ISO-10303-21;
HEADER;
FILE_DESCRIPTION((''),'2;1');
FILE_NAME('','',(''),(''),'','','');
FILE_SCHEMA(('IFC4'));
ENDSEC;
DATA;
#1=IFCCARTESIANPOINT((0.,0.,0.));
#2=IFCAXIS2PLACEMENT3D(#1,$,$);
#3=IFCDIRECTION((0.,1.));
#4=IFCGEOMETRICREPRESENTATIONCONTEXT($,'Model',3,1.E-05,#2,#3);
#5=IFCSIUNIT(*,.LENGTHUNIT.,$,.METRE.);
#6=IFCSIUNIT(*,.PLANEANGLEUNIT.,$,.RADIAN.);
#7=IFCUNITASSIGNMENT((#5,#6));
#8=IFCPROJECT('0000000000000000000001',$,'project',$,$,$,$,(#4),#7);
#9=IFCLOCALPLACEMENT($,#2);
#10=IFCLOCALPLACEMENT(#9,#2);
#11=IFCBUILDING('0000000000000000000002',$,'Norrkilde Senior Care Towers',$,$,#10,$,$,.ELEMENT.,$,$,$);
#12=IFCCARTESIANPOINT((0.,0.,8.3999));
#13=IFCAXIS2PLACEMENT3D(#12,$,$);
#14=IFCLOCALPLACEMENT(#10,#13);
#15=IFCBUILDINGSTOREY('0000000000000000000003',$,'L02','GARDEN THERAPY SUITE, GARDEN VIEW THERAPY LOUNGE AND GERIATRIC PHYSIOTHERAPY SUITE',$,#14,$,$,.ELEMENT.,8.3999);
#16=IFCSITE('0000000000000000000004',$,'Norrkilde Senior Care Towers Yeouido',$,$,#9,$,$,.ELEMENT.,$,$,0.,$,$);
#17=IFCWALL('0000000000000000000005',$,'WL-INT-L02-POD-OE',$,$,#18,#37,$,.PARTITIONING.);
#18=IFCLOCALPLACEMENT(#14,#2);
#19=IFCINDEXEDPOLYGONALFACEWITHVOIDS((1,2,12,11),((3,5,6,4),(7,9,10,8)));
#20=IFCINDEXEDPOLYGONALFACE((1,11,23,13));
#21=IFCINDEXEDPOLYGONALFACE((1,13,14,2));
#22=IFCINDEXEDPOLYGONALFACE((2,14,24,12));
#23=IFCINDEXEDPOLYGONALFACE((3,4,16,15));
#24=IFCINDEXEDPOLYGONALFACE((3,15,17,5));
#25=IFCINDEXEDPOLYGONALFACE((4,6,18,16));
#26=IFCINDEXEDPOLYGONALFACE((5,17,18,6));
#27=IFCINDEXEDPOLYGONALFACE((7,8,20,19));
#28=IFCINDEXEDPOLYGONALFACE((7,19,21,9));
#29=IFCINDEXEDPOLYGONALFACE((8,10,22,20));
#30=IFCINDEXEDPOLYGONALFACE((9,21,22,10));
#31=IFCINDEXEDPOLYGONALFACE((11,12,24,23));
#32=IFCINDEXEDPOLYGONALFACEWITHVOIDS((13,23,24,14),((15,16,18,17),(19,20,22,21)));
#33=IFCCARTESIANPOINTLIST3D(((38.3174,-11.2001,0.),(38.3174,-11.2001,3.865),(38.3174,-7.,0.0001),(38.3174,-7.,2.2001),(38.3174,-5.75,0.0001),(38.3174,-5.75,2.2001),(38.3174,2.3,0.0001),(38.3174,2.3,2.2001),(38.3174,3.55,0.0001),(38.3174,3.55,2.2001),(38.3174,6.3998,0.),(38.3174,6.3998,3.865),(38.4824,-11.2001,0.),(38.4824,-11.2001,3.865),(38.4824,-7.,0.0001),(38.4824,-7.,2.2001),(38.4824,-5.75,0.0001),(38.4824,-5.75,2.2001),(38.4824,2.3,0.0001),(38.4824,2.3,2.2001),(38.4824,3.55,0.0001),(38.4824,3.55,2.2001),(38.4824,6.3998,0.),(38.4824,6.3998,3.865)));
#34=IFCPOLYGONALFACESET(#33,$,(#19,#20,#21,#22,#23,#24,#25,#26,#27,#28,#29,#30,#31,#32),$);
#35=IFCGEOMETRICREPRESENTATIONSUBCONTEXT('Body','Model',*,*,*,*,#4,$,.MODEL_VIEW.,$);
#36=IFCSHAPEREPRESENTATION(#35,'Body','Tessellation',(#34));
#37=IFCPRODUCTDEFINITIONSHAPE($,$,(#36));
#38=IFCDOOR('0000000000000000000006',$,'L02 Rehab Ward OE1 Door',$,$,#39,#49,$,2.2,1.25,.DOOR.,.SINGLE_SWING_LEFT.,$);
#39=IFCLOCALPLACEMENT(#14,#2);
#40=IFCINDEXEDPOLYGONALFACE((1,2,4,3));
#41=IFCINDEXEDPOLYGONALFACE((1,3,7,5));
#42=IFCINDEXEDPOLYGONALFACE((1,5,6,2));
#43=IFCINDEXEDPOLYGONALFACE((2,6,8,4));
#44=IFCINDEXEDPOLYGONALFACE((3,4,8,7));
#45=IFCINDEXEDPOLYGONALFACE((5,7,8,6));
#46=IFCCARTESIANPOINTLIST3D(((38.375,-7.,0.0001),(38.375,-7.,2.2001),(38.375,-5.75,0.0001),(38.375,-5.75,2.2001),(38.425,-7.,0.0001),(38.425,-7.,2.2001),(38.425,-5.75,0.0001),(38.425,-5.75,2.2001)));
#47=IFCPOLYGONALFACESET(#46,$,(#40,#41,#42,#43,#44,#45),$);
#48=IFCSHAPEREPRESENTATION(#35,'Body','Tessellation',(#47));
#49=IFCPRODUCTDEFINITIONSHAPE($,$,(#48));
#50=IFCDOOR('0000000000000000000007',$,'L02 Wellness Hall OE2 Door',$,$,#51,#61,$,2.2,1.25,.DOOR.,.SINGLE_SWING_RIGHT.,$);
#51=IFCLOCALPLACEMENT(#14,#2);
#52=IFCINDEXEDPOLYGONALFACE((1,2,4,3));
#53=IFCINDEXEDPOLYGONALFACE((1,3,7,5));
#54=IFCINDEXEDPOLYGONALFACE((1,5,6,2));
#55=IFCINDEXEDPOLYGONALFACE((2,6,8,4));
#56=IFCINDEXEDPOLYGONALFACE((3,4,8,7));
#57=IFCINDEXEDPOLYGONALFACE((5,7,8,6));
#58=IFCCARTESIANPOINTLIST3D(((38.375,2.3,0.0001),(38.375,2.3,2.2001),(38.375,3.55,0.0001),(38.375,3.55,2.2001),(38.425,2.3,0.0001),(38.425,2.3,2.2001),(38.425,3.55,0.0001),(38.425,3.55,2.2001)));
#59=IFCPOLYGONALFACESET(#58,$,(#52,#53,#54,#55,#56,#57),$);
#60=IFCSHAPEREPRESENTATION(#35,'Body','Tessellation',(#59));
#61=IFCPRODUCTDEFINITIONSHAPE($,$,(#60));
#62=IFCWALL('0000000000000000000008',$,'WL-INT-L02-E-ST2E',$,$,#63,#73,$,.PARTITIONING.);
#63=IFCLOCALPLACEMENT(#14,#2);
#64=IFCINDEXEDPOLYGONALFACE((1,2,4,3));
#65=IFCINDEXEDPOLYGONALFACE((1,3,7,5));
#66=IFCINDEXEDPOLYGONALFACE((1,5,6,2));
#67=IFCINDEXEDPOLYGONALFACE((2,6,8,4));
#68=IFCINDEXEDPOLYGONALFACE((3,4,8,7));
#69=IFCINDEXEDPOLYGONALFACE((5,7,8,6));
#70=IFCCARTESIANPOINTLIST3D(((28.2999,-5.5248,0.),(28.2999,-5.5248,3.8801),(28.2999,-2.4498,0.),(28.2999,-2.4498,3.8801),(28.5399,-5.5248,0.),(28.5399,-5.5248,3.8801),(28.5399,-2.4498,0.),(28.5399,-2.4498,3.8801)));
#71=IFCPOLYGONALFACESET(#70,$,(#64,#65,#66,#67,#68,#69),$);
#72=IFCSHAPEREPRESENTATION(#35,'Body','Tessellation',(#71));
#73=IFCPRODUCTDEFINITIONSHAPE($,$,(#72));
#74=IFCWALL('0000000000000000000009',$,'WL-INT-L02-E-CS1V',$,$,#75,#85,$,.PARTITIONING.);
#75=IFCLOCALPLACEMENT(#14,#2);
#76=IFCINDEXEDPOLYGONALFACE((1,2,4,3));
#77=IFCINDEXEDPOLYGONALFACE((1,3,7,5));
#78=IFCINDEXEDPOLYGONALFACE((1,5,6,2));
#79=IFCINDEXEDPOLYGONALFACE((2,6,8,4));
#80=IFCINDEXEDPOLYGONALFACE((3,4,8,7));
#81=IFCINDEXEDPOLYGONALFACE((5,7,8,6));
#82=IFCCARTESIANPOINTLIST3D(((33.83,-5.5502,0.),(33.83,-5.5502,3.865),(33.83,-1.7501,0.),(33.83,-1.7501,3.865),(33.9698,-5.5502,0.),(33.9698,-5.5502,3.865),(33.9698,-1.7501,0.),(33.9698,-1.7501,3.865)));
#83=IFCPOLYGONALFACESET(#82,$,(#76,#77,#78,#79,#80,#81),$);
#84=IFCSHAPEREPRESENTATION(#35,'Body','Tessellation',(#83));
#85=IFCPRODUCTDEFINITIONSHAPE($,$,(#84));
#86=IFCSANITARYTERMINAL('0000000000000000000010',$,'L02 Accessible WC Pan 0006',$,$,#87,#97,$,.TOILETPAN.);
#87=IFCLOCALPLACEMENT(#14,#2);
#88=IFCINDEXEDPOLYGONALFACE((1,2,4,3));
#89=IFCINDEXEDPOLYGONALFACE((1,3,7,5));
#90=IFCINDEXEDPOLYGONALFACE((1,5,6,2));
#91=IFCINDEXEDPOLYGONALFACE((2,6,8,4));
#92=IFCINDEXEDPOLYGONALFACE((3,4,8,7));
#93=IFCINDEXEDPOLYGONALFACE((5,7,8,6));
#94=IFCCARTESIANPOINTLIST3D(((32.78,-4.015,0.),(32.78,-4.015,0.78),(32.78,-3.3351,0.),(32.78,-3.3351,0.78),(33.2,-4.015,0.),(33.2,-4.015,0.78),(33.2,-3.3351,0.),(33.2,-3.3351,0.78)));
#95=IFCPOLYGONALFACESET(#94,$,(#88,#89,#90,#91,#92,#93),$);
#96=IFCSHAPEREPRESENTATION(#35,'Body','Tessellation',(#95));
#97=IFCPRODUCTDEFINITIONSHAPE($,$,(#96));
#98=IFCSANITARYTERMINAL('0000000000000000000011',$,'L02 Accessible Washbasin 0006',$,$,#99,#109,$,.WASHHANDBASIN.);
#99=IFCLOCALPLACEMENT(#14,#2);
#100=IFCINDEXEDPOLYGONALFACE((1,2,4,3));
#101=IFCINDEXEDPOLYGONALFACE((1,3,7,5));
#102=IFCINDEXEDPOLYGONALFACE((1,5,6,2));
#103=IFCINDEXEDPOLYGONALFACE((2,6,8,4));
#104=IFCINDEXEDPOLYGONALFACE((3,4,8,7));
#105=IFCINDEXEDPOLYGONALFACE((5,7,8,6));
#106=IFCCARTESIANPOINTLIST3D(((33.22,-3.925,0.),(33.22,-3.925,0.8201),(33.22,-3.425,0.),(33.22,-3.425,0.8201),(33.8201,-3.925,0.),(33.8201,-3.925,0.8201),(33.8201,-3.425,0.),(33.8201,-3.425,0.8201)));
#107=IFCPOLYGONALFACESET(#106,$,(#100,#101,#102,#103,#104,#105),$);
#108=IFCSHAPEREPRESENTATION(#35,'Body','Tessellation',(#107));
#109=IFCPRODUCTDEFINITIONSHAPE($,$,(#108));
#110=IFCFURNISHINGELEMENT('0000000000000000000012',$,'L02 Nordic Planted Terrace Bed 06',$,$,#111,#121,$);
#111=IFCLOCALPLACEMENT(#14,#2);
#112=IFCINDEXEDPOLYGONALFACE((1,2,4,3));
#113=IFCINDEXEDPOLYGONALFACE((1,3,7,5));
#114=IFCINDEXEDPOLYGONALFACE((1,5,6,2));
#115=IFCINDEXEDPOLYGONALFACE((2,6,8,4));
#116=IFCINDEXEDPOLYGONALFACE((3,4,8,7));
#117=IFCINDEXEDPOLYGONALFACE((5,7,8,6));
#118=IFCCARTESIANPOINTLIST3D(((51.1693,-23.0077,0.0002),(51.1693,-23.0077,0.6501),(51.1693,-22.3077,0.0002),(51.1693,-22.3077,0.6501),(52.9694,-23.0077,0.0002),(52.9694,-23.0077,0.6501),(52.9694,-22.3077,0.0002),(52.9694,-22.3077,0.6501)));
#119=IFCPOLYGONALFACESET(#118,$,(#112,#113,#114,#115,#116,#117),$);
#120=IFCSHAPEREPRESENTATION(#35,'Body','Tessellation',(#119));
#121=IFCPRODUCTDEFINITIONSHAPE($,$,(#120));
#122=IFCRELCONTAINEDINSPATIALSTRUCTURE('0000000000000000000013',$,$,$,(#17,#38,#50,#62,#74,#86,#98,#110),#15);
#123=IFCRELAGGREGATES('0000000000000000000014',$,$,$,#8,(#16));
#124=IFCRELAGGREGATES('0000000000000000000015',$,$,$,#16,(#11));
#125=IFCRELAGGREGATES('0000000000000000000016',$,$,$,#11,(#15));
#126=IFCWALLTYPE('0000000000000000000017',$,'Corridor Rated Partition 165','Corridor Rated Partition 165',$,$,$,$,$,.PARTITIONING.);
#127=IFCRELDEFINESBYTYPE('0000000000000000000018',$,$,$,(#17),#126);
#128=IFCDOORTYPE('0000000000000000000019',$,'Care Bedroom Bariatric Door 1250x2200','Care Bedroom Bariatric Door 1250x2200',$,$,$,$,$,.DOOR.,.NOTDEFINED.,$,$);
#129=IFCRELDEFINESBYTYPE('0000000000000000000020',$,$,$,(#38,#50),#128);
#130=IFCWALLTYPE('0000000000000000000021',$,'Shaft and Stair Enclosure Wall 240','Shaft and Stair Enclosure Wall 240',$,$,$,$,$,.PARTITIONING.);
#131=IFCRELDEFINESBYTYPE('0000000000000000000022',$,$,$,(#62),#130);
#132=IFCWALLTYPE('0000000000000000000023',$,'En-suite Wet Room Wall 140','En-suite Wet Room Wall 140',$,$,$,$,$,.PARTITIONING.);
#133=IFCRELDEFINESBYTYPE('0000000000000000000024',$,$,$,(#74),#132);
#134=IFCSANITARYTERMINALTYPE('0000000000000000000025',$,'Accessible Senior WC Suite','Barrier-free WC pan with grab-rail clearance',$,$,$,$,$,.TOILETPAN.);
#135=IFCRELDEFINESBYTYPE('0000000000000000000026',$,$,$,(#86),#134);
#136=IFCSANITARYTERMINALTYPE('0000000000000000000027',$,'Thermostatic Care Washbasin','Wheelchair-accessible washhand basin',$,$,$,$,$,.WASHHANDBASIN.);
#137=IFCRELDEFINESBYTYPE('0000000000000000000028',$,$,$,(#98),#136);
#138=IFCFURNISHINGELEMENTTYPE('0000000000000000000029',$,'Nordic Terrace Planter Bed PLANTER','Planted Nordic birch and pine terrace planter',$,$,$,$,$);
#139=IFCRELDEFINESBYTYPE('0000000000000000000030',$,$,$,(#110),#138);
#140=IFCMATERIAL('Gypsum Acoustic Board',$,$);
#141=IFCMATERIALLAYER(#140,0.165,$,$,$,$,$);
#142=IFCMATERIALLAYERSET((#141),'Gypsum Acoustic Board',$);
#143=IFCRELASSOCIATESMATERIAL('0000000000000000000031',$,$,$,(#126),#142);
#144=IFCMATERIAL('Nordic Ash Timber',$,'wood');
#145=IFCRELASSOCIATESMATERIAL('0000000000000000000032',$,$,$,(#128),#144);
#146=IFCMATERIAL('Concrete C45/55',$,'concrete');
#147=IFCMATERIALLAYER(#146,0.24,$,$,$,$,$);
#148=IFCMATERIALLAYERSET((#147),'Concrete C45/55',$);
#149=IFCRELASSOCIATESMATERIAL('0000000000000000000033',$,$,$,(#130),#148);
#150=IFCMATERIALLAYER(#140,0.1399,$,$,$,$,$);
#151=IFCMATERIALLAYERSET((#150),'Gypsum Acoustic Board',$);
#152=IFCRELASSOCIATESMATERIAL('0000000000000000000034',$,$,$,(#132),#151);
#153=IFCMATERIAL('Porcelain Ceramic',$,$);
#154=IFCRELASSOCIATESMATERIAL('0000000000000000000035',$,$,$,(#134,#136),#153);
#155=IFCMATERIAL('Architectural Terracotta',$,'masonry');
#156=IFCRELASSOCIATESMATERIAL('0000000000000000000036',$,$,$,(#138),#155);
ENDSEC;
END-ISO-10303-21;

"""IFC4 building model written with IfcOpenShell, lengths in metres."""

from ifc_helpers import new_model, si_unit, direction, frame, frame_2d, origin, origin_2d, place, context, subcontext, project, spatial, rectangle, extrude, source, transform, mapped, material, layer, layer_set, type_object, type_shapes, element, fill, save


model = new_model("IFC4")

# Units and contexts
model_context = context("Model", 3, precision=1e-05, world=origin(), true_north=direction((0.0, 1.0)))
body_context = subcontext(model_context, "Body", "Model", "MODEL_VIEW")
ifc_project = project(units=[si_unit("LENGTHUNIT", "METRE"), si_unit("PLANEANGLEUNIT", "RADIAN")], contexts=[model_context])

# Site, building, storey
site_placement = place(None, origin())
site = spatial("IfcSite", under=ifc_project, at=site_placement, Name="Norrkilde Senior Care Towers Yeouido", CompositionType="ELEMENT", RefElevation=0.0)
building_placement = place(site_placement, origin())
building = spatial("IfcBuilding", under=site, at=building_placement, Name="Norrkilde Senior Care Towers", CompositionType="ELEMENT")
storey_placement = place(building_placement, frame((0.0, 0.0, 8.3999)))
storey = spatial("IfcBuildingStorey", under=building, at=storey_placement, Name="L02", Description="GARDEN THERAPY SUITE, GARDEN VIEW THERAPY LOUNGE AND GERIATRIC PHYSIOTHERAPY SUITE", CompositionType="ELEMENT", Elevation=8.3999)

# Shared definitions
ifc_material_1 = material(Name="Concrete C45/55", Category="concrete")

# Wall, openings, doors
ifc_material_2 = material(Name="Gypsum Acoustic Board")
ifc_layer_1 = layer(ifc_material_2, 0.165)
ifc_layer_set_1 = layer_set([ifc_layer_1], Name="Gypsum Acoustic Board")
wall_type_1 = type_object("IfcWallType", Name="Corridor Rated Partition 165", Description="Corridor Rated Partition 165", PredefinedType="PARTITIONING", material=ifc_layer_set_1)
shared_shape_1 = source(origin(), body_context, "Body", "SweptSolid", [
    extrude(rectangle(XDim=17.5999, YDim=0.165, at=frame_2d((8.7998, 0.0))), origin(), (0.0, 0.0, 1.0), 3.865),
])
type_shapes(wall_type_1, [shared_shape_1])
wall_1_placement = place(storey_placement, frame((38.3999, -11.2, 0.0), z_axis=(0.0, 0.0, 1.0), x_axis=(0.0, 1.0, 0.0)))
wall_1 = element("IfcWall", 1, at=wall_1_placement, inside=storey, type_object=wall_type_1, Name="WL-INT-L02-POD-OE", PredefinedType="PARTITIONING", context=body_context, shape_type="MappedRepresentation", body=[
    mapped(shared_shape_1, transform((0.0, 0.0, 0.0), x_axis=(1.0, 0.0, 0.0), y_axis=(0.0, 1.0, 0.0), z_axis=(0.0, 0.0, 1.0), scale=1.0)),
])
opening_1_placement = place(wall_1_placement, frame((4.2, 0.0, 0.0)))
opening_1 = element("IfcOpeningElement", 2, at=opening_1_placement, cuts=wall_1, PredefinedType="OPENING", context=body_context, shape_type="SweptSolid", body=[
    extrude(rectangle(XDim=1.25, YDim=2.2, at=frame_2d((0.625, 1.1001))), frame((0.0, 0.0925, 0.0), z_axis=(0.0, -1.0, 0.0), x_axis=(1.0, 0.0, 0.0)), (0.0, 0.0, 1.0), 0.1851),
])
opening_2_placement = place(wall_1_placement, frame((13.5, 0.0, 0.0)))
opening_2 = element("IfcOpeningElement", 3, at=opening_2_placement, cuts=wall_1, PredefinedType="OPENING", context=body_context, shape_type="SweptSolid", body=[
    extrude(rectangle(XDim=1.25, YDim=2.2, at=frame_2d((0.625, 1.1001))), frame((0.0, 0.0925, 0.0), z_axis=(0.0, -1.0, 0.0), x_axis=(1.0, 0.0, 0.0)), (0.0, 0.0, 1.0), 0.1851),
])
ifc_material_3 = material(Name="Nordic Ash Timber", Category="wood")
door_type_1 = type_object("IfcDoorType", Name="Care Bedroom Bariatric Door 1250x2200", Description="Care Bedroom Bariatric Door 1250x2200", OperationType="NOTDEFINED", PredefinedType="DOOR", material=ifc_material_3)
shared_shape_2 = source(origin(), body_context, "Body", "SweptSolid", [
    extrude(rectangle(XDim=1.25, YDim=2.2, at=frame_2d((0.625, 1.1001))), frame((0.0, 0.0249, 0.0), z_axis=(0.0, -1.0, 0.0), x_axis=(1.0, 0.0, 0.0)), (0.0, 0.0, 1.0), 0.05),
])
type_shapes(door_type_1, [shared_shape_2])
door_1_placement = place(opening_1_placement, origin())
door_1 = element("IfcDoor", 4, at=door_1_placement, inside=storey, type_object=door_type_1, Name="L02 Rehab Ward OE1 Door", OperationType="SINGLE_SWING_LEFT", OverallHeight=2.2, OverallWidth=1.25, PredefinedType="DOOR", context=body_context, shape_type="MappedRepresentation", body=[
    mapped(shared_shape_2, transform((0.0, 0.0, 0.0), x_axis=(1.0, 0.0, 0.0), y_axis=(0.0, 1.0, 0.0), z_axis=(0.0, 0.0, 1.0), scale=1.0)),
])
fill(opening_1, door_1)
door_2_placement = place(opening_2_placement, origin())
door_2 = element("IfcDoor", 5, at=door_2_placement, inside=storey, type_object=door_type_1, Name="L02 Wellness Hall OE2 Door", OperationType="SINGLE_SWING_RIGHT", OverallHeight=2.2, OverallWidth=1.25, PredefinedType="DOOR", context=body_context, shape_type="MappedRepresentation", body=[
    mapped(shared_shape_2, transform((0.0, 0.0, 0.0), x_axis=(1.0, 0.0, 0.0), y_axis=(0.0, 1.0, 0.0), z_axis=(0.0, 0.0, 1.0), scale=1.0)),
])
fill(opening_2, door_2)

# Walls
ifc_layer_2 = layer(ifc_material_1, 0.24)
ifc_layer_set_2 = layer_set([ifc_layer_2], Name="Concrete C45/55")
wall_type_2 = type_object("IfcWallType", Name="Shaft and Stair Enclosure Wall 240", Description="Shaft and Stair Enclosure Wall 240", PredefinedType="PARTITIONING", material=ifc_layer_set_2)
shared_shape_3 = source(origin(), body_context, "Body", "SweptSolid", [
    extrude(rectangle(XDim=3.075, YDim=0.24, at=frame_2d((1.5376, 0.0))), origin(), (0.0, 0.0, 1.0), 3.8801),
])
type_shapes(wall_type_2, [shared_shape_3])
wall_2_placement = place(storey_placement, frame((28.4199, -5.5249, 0.0), z_axis=(0.0, 0.0, 1.0), x_axis=(0.0, 1.0, 0.0)))
element("IfcWall", 6, at=wall_2_placement, inside=storey, type_object=wall_type_2, Name="WL-INT-L02-E-ST2E", PredefinedType="PARTITIONING", context=body_context, shape_type="MappedRepresentation", body=[
    mapped(shared_shape_3, transform((0.0, 0.0, 0.0), x_axis=(1.0, 0.0, 0.0), y_axis=(0.0, 1.0, 0.0), z_axis=(0.0, 0.0, 1.0), scale=1.0)),
])
ifc_layer_3 = layer(ifc_material_2, 0.1399)
ifc_layer_set_3 = layer_set([ifc_layer_3], Name="Gypsum Acoustic Board")
wall_type_3 = type_object("IfcWallType", Name="En-suite Wet Room Wall 140", Description="En-suite Wet Room Wall 140", PredefinedType="PARTITIONING", material=ifc_layer_set_3)
shared_shape_4 = source(origin(), body_context, "Body", "SweptSolid", [
    extrude(rectangle(XDim=3.8, YDim=0.1399, at=frame_2d((1.8999, 0.0))), origin(), (0.0, 0.0, 1.0), 3.865),
])
type_shapes(wall_type_3, [shared_shape_4])
wall_3_placement = place(storey_placement, frame((33.8999, -5.55, 0.0), z_axis=(0.0, 0.0, 1.0), x_axis=(0.0, 1.0, 0.0)))
element("IfcWall", 7, at=wall_3_placement, inside=storey, type_object=wall_type_3, Name="WL-INT-L02-E-CS1V", PredefinedType="PARTITIONING", context=body_context, shape_type="MappedRepresentation", body=[
    mapped(shared_shape_4, transform((0.0, 0.0, 0.0), x_axis=(1.0, 0.0, 0.0), y_axis=(0.0, 1.0, 0.0), z_axis=(0.0, 0.0, 1.0), scale=1.0)),
])

# Sanitary terminals
ifc_material_4 = material(Name="Porcelain Ceramic")
sanitary_terminal_type_1 = type_object("IfcSanitaryTerminalType", Name="Accessible Senior WC Suite", Description="Barrier-free WC pan with grab-rail clearance", PredefinedType="TOILETPAN", material=ifc_material_4)
shared_shape_5 = source(origin(), body_context, "Body", "SweptSolid", [
    extrude(rectangle(XDim=0.4199, YDim=0.6799, at=origin_2d()), origin(), (0.0, 0.0, 1.0), 0.78),
])
type_shapes(sanitary_terminal_type_1, [shared_shape_5])
sanitary_terminal_1_placement = place(storey_placement, frame((32.99, -3.675, 0.0), z_axis=(0.0, 0.0, 1.0), x_axis=(1.0, 0.0, 0.0)))
element("IfcSanitaryTerminal", 8, at=sanitary_terminal_1_placement, inside=storey, type_object=sanitary_terminal_type_1, Name="L02 Accessible WC Pan 0006", PredefinedType="TOILETPAN", context=body_context, shape_type="MappedRepresentation", body=[
    mapped(shared_shape_5, transform((0.0, 0.0, 0.0), x_axis=(1.0, 0.0, 0.0), y_axis=(0.0, 1.0, 0.0), z_axis=(0.0, 0.0, 1.0), scale=1.0)),
])
sanitary_terminal_type_2 = type_object("IfcSanitaryTerminalType", Name="Thermostatic Care Washbasin", Description="Wheelchair-accessible washhand basin", PredefinedType="WASHHANDBASIN", material=ifc_material_4)
shared_shape_6 = source(origin(), body_context, "Body", "SweptSolid", [
    extrude(rectangle(XDim=0.6001, YDim=0.5, at=origin_2d()), origin(), (0.0, 0.0, 1.0), 0.8201),
])
type_shapes(sanitary_terminal_type_2, [shared_shape_6])
sanitary_terminal_2_placement = place(storey_placement, frame((33.52, -3.675, 0.0), z_axis=(0.0, 0.0, 1.0), x_axis=(1.0, 0.0, 0.0)))
element("IfcSanitaryTerminal", 9, at=sanitary_terminal_2_placement, inside=storey, type_object=sanitary_terminal_type_2, Name="L02 Accessible Washbasin 0006", PredefinedType="WASHHANDBASIN", context=body_context, shape_type="MappedRepresentation", body=[
    mapped(shared_shape_6, transform((0.0, 0.0, 0.0), x_axis=(1.0, 0.0, 0.0), y_axis=(0.0, 1.0, 0.0), z_axis=(0.0, 0.0, 1.0), scale=1.0)),
])

# Furnishing element
ifc_material_5 = material(Name="Architectural Terracotta", Category="masonry")
furnishing_element_type = type_object("IfcFurnishingElementType", Name="Nordic Terrace Planter Bed PLANTER", Description="Planted Nordic birch and pine terrace planter", material=ifc_material_5)
shared_shape_7 = source(origin(), body_context, "Body", "SweptSolid", [
    extrude(rectangle(XDim=1.8, YDim=0.7, at=origin_2d()), origin(), (0.0, 0.0, 1.0), 0.6499),
])
type_shapes(furnishing_element_type, [shared_shape_7])
furnishing_placement = place(storey_placement, frame((52.0693, -22.6577, 0.0002), z_axis=(0.0, 0.0, 1.0), x_axis=(1.0, 0.0, 0.0)))
element("IfcFurnishingElement", 10, at=furnishing_placement, inside=storey, type_object=furnishing_element_type, Name="L02 Nordic Planted Terrace Bed 06", context=body_context, shape_type="MappedRepresentation", body=[
    mapped(shared_shape_7, transform((0.0, 0.0, 0.0), x_axis=(1.0, 0.0, 0.0), y_axis=(0.0, 1.0, 0.0), z_axis=(0.0, 0.0, 1.0), scale=1.0)),
])

save(model, "model.ifc")
